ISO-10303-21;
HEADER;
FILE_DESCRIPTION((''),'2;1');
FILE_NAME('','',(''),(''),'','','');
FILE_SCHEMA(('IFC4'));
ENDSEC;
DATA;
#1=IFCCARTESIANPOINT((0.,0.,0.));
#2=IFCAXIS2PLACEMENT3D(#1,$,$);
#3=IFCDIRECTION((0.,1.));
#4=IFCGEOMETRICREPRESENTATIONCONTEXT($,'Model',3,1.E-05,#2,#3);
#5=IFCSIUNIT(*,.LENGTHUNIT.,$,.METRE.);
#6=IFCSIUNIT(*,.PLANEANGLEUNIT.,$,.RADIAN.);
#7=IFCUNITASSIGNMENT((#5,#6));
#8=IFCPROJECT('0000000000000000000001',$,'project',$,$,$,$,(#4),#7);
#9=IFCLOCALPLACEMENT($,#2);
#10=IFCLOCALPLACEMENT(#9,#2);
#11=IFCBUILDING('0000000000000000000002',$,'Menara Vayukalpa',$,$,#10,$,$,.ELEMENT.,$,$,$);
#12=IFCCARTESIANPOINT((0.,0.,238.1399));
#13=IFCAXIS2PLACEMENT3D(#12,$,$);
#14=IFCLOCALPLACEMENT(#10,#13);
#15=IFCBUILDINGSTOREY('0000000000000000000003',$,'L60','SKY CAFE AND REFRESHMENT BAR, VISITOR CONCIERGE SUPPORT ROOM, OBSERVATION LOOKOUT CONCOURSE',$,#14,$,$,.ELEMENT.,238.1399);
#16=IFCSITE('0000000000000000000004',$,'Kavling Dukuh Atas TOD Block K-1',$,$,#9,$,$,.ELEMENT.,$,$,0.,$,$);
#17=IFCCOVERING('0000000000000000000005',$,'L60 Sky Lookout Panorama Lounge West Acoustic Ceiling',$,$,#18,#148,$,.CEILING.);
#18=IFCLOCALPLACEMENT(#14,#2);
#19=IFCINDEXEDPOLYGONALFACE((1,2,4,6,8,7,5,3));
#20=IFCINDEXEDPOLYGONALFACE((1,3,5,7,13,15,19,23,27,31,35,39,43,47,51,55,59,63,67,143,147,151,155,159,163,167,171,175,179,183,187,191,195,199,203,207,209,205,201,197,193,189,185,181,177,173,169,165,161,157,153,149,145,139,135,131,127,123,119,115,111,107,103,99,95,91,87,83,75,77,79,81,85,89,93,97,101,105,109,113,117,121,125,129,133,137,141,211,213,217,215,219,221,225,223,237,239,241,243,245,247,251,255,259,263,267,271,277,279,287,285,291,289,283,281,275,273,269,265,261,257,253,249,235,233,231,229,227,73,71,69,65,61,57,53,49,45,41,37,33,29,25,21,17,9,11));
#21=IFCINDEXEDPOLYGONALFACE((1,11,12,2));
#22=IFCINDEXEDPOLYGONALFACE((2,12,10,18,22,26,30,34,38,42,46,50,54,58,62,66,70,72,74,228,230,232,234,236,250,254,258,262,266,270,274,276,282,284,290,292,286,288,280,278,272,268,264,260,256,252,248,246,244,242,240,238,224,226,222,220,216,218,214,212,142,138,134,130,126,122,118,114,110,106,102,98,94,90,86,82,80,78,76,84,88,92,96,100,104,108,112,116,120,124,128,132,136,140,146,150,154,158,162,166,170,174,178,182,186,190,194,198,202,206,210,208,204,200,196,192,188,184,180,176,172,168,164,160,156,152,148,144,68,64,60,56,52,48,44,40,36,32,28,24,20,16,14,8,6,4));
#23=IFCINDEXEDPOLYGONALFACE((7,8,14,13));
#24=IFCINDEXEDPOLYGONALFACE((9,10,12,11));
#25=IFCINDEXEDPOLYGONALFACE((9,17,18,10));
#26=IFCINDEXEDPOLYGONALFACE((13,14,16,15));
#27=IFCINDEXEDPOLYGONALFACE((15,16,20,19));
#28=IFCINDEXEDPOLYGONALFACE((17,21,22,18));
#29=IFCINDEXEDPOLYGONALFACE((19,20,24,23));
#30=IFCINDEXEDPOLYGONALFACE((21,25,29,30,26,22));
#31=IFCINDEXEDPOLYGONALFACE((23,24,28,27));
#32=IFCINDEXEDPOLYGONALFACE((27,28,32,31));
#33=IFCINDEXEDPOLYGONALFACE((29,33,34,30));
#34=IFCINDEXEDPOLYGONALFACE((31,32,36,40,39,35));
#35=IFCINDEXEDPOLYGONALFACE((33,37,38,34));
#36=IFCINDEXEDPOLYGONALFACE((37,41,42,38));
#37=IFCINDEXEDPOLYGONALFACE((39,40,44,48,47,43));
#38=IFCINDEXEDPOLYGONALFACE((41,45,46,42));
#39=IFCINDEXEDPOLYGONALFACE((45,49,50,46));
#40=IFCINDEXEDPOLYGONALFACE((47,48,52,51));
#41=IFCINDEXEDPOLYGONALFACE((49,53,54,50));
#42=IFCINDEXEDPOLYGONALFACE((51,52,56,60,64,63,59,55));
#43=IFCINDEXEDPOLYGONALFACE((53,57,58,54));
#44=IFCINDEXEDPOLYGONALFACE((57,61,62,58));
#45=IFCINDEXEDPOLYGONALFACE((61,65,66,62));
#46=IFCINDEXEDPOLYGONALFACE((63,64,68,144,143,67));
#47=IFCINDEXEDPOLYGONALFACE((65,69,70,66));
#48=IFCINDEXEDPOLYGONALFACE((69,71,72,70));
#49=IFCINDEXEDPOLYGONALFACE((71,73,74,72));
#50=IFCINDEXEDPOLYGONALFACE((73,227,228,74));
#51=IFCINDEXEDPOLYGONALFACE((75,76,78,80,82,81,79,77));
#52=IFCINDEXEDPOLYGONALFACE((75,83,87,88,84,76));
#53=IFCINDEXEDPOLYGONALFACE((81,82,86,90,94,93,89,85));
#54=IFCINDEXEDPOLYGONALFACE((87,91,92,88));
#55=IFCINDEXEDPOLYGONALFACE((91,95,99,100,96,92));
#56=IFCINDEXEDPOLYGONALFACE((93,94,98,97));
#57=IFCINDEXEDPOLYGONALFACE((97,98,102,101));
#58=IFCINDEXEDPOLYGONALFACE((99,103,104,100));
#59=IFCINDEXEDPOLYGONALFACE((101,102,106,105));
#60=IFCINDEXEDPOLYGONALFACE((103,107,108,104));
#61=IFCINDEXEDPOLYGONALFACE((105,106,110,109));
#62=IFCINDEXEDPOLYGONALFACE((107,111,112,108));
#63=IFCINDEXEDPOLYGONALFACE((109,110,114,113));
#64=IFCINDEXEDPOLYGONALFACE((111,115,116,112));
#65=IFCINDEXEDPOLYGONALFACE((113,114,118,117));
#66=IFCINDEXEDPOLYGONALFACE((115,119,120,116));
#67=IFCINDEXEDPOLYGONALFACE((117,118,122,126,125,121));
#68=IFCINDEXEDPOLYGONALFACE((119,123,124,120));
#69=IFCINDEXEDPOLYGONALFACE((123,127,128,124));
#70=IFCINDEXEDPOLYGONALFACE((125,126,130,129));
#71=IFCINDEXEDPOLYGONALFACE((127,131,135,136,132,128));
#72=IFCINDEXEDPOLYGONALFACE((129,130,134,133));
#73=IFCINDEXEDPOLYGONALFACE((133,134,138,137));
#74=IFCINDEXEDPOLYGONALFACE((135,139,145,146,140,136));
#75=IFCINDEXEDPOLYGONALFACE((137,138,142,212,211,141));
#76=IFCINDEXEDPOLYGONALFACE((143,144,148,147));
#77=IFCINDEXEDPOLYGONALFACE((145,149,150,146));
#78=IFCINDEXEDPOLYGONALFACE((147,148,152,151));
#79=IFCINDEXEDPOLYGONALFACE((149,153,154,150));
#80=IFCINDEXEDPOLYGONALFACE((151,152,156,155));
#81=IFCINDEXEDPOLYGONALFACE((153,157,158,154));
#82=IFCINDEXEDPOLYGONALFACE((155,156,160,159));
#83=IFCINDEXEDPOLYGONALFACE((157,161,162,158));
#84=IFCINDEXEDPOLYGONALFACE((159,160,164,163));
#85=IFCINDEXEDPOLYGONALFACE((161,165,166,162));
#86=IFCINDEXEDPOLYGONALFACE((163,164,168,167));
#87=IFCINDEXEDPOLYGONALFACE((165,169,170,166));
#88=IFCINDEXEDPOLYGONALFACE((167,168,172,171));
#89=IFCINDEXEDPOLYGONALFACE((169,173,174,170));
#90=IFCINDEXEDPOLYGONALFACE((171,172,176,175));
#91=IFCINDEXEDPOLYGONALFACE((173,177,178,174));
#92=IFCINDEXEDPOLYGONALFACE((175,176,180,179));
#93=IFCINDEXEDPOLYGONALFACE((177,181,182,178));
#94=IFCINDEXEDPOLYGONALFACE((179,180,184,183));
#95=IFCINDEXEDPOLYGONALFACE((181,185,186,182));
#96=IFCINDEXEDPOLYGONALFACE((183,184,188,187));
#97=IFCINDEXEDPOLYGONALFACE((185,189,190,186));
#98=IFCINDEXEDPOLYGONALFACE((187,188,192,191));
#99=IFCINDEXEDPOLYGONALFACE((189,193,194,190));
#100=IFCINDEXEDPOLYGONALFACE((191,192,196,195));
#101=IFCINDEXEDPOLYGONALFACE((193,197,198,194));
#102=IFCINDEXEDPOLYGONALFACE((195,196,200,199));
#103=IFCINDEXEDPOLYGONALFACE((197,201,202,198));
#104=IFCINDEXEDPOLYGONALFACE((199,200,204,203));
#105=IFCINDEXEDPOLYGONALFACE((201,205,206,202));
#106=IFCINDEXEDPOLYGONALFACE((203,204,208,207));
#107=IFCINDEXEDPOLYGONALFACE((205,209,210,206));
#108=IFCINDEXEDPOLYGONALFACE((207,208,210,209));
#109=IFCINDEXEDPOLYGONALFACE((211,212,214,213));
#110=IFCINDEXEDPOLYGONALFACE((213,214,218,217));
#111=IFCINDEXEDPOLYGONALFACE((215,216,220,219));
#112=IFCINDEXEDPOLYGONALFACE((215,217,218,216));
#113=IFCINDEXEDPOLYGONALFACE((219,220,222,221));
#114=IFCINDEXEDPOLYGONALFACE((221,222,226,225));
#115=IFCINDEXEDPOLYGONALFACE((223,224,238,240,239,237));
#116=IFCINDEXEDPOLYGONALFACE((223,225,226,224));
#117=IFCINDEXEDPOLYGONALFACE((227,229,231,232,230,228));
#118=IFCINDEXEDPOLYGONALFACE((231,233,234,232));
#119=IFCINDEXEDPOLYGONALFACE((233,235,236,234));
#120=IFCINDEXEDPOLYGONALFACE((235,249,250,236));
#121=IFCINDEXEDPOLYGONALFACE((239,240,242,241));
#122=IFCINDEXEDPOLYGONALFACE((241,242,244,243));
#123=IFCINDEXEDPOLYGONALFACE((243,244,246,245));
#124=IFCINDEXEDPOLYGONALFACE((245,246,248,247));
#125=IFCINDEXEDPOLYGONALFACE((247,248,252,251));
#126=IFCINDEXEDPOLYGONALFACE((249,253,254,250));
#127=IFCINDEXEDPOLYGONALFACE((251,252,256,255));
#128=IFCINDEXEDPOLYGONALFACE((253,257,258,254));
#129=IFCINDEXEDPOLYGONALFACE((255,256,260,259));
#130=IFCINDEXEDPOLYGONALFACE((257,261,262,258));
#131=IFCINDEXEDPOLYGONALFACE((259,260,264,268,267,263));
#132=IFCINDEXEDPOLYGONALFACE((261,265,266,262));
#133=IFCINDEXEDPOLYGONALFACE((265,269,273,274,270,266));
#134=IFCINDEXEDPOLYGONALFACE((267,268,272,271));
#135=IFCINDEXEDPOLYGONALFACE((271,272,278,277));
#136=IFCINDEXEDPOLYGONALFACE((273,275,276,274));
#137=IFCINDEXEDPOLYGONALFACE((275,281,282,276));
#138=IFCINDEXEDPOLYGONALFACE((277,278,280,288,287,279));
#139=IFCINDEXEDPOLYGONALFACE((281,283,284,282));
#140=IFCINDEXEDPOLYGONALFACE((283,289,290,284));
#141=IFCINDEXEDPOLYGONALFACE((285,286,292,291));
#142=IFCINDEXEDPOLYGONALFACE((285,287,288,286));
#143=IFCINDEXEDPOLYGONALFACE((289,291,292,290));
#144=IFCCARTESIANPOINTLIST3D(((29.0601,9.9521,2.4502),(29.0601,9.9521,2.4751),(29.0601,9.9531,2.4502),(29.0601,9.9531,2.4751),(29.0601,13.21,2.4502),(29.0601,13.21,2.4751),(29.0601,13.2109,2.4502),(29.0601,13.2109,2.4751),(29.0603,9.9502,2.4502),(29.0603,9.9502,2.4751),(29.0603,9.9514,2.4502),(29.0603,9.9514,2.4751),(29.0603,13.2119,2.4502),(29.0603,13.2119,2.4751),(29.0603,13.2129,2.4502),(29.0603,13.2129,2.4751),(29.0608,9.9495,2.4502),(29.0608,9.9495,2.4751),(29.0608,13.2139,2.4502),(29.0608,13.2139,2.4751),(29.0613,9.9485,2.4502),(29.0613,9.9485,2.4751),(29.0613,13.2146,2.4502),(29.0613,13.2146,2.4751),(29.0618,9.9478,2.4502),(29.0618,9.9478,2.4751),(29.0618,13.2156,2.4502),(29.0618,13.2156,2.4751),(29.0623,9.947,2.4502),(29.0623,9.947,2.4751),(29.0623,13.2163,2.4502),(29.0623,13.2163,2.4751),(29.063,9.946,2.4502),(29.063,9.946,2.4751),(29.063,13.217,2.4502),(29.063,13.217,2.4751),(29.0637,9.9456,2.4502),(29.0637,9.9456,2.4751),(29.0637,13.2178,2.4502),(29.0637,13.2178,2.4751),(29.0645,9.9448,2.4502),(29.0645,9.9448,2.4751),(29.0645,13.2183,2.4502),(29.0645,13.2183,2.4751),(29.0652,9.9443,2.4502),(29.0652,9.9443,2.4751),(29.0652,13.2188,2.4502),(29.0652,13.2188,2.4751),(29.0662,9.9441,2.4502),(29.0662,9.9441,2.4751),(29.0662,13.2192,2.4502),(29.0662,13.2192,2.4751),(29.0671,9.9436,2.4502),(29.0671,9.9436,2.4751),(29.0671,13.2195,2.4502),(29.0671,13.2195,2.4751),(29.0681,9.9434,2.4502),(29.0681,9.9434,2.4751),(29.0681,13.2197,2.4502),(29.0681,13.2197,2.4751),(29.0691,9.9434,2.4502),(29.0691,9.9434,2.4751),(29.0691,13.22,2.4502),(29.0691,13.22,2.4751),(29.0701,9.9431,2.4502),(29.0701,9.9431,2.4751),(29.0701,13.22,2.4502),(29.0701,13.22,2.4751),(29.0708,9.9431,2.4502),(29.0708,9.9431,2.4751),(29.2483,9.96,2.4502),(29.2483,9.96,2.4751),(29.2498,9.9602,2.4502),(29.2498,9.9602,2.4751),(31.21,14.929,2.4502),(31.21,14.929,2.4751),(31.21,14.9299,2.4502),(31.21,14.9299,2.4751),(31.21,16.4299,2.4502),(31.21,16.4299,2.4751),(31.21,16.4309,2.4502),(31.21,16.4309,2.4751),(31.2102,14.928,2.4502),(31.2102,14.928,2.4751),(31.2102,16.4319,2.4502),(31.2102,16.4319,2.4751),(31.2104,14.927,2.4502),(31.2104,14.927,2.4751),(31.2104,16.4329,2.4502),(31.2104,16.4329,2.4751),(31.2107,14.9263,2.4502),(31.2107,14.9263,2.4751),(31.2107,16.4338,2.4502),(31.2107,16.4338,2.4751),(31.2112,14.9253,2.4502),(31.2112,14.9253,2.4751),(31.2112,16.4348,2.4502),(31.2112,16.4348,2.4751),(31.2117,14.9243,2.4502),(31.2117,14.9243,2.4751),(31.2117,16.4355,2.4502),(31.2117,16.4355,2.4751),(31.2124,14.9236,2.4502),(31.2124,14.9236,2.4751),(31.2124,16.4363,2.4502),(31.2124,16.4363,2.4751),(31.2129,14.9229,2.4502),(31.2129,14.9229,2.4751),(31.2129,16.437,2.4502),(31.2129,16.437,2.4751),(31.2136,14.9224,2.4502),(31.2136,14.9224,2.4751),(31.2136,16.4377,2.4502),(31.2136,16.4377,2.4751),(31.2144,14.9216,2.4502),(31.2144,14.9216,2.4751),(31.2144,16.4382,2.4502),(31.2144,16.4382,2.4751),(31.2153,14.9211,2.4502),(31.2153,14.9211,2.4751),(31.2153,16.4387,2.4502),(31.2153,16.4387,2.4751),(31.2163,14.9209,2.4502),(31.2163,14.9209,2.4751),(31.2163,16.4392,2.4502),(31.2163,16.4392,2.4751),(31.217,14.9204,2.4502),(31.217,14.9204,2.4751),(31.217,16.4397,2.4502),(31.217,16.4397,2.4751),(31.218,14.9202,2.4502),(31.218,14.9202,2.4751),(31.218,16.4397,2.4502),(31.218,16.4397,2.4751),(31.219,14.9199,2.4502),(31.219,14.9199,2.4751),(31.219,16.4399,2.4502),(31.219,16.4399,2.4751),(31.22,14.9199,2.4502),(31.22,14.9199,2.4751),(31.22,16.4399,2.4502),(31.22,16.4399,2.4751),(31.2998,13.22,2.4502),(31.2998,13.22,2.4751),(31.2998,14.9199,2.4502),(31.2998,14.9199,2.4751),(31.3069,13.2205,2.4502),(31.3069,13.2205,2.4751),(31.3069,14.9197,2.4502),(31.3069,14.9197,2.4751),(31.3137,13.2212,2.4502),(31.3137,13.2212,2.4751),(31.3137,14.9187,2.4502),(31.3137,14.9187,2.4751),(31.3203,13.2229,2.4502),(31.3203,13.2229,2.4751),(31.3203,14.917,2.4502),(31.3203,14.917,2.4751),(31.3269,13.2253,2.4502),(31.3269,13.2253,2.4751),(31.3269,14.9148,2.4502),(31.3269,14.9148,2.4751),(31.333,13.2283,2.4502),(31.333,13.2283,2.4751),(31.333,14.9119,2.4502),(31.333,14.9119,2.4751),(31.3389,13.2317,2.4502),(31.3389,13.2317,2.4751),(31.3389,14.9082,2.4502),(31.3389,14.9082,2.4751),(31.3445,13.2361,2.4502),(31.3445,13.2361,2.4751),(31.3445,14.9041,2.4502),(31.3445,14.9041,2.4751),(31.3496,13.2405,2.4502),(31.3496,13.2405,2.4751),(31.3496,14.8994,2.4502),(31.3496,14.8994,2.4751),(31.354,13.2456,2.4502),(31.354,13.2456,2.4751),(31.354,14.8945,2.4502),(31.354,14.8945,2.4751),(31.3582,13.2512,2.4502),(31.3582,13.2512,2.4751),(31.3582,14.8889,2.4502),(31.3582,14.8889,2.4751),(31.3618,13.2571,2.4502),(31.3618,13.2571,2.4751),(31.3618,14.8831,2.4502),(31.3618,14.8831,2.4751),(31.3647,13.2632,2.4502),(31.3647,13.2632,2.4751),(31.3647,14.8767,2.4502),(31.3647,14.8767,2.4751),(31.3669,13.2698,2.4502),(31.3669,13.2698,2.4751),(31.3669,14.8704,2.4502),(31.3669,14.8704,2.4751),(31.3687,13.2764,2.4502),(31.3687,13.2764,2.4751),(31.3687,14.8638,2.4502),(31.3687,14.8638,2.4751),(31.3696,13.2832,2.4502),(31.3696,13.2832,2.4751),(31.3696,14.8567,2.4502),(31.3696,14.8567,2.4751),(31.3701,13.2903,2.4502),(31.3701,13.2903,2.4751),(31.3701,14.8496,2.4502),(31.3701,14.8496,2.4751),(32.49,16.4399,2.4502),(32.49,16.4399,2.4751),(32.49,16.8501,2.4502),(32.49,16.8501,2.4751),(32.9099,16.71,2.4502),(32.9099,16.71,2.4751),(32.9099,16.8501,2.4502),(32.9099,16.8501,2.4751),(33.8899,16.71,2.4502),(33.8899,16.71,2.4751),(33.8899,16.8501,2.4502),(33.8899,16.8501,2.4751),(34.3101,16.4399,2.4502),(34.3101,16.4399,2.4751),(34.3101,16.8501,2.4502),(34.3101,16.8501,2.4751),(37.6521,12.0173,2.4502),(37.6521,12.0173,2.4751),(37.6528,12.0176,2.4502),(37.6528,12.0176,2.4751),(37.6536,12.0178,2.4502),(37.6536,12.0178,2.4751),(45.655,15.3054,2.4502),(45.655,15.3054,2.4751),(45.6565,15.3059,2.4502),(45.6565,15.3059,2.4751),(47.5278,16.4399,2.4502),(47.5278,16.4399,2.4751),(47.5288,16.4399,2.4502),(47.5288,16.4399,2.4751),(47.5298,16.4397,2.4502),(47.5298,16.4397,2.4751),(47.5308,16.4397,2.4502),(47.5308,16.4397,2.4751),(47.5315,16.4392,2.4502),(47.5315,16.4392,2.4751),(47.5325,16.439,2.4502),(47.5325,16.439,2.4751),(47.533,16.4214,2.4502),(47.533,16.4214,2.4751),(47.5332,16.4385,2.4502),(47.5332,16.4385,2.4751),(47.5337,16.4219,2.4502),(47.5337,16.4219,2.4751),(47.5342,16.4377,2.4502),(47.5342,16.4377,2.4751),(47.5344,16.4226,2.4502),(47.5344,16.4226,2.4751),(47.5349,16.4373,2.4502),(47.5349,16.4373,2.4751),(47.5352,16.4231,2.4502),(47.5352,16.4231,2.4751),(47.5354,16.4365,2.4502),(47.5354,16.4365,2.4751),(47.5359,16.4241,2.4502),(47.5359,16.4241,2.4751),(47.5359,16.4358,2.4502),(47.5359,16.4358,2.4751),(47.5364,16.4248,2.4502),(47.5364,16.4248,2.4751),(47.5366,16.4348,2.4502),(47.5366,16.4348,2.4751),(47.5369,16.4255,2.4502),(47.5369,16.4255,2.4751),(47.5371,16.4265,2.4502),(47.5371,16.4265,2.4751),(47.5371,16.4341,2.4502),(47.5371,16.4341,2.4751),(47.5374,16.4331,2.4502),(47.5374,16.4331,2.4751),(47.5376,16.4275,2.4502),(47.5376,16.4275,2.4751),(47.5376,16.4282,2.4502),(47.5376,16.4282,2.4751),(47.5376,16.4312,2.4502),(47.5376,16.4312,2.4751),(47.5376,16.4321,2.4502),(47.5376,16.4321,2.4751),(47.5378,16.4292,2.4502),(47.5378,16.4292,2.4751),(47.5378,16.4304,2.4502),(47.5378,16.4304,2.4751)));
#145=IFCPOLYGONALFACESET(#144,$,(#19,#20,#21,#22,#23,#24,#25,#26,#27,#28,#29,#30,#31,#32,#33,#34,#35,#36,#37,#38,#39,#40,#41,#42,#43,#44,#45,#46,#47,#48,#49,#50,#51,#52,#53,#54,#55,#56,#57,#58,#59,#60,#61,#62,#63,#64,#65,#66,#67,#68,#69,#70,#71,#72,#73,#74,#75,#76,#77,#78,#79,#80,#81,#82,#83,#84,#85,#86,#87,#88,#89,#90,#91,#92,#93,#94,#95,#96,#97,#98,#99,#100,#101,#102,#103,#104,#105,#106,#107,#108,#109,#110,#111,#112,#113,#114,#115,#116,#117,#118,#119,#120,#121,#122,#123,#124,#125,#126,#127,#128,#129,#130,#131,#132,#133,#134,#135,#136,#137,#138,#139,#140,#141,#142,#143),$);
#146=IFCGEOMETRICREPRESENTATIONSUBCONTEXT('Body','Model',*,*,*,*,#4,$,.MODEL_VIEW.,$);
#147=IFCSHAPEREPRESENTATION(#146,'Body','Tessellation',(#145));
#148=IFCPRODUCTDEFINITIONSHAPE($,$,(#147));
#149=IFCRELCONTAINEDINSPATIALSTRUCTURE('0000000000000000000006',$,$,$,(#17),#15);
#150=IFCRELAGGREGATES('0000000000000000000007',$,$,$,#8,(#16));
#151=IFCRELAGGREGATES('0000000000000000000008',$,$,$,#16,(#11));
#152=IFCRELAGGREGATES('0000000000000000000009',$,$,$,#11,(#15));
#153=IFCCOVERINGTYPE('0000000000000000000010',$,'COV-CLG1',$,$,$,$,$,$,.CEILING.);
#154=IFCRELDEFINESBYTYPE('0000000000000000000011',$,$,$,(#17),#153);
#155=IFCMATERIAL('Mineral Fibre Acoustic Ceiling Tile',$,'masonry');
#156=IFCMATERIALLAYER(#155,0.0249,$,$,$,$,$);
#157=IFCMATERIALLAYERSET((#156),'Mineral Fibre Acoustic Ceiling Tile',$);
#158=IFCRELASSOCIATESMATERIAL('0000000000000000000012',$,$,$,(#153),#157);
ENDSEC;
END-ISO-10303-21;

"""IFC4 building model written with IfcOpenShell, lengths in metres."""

from ifc_helpers import new_model, si_unit, direction, frame, origin, place, context, subcontext, project, spatial, polyline, outline, extrude, material, layer, layer_set, type_object, element, save


model = new_model("IFC4")

# Units and contexts
model_context = context("Model", 3, precision=1e-05, world=origin(), true_north=direction((0.0, 1.0)))
body_context = subcontext(model_context, "Body", "Model", "MODEL_VIEW")
ifc_project = project(units=[si_unit("LENGTHUNIT", "METRE"), si_unit("PLANEANGLEUNIT", "RADIAN")], contexts=[model_context])

# Site, building, storey
site_placement = place(None, origin())
site = spatial("IfcSite", under=ifc_project, at=site_placement, Name="Kavling Dukuh Atas TOD Block K-1", CompositionType="ELEMENT", RefElevation=0.0)
building_placement = place(site_placement, origin())
building = spatial("IfcBuilding", under=site, at=building_placement, Name="Menara Vayukalpa", CompositionType="ELEMENT")
storey_placement = place(building_placement, frame((0.0, 0.0, 238.1399)))
storey = spatial("IfcBuildingStorey", under=building, at=storey_placement, Name="L60", Description="SKY CAFE AND REFRESHMENT BAR, VISITOR CONCIERGE SUPPORT ROOM, OBSERVATION LOOKOUT CONCOURSE", CompositionType="ELEMENT", Elevation=238.1399)

# Covering
ifc_material_1 = material(Name="Mineral Fibre Acoustic Ceiling Tile", Category="masonry")
ifc_layer_1 = layer(ifc_material_1, 0.0249)
ifc_layer_set_1 = layer_set([ifc_layer_1], Name="Mineral Fibre Acoustic Ceiling Tile")
covering_type_1 = type_object("IfcCoveringType", Name="COV-CLG1", PredefinedType="CEILING", material=ifc_layer_set_1)
covering_1_placement = place(storey_placement, frame((0.0, 0.0, 2.4502)))
element("IfcCovering", 1, at=covering_1_placement, inside=storey, type_object=covering_type_1, Name="L60 Sky Lookout Panorama Lounge West Acoustic Ceiling", PredefinedType="CEILING", context=body_context, shape_type="SweptSolid", body=[
    extrude(outline(polyline([(37.6521, 12.0173), (29.2498, 9.9602), (29.2483, 9.96), (29.0708, 9.9431), (29.0701, 9.9431), (29.0691, 9.9434), (29.0681, 9.9434), (29.0671, 9.9436), (29.0662, 9.9441), (29.0652, 9.9443), (29.0645, 9.9448), (29.0637, 9.9456), (29.063, 9.946), (29.0623, 9.947), (29.0618, 9.9478), (29.0613, 9.9485), (29.0608, 9.9495), (29.0603, 9.9502), (29.0603, 9.9514), (29.0601, 9.9521), (29.0601, 9.9531), (29.0601, 13.21), (29.0601, 13.2109), (29.0603, 13.2119), (29.0603, 13.2129), (29.0608, 13.2139), (29.0613, 13.2146), (29.0618, 13.2156), (29.0623, 13.2163), (29.063, 13.217), (29.0637, 13.2178), (29.0645, 13.2183), (29.0652, 13.2188), (29.0662, 13.2192), (29.0671, 13.2195), (29.0681, 13.2197), (29.0691, 13.22), (29.0701, 13.22), (31.2998, 13.22), (31.3069, 13.2205), (31.3137, 13.2212), (31.3203, 13.2229), (31.3269, 13.2253), (31.333, 13.2283), (31.3389, 13.2317), (31.3445, 13.2361), (31.3496, 13.2405), (31.354, 13.2456), (31.3582, 13.2512), (31.3618, 13.2571), (31.3647, 13.2632), (31.3669, 13.2698), (31.3687, 13.2764), (31.3696, 13.2832), (31.3701, 13.2903), (31.3701, 14.8496), (31.3696, 14.8567), (31.3687, 14.8638), (31.3669, 14.8704), (31.3647, 14.8767), (31.3618, 14.8831), (31.3582, 14.8889), (31.354, 14.8945), (31.3496, 14.8994), (31.3445, 14.9041), (31.3389, 14.9082), (31.333, 14.9119), (31.3269, 14.9148), (31.3203, 14.917), (31.3137, 14.9187), (31.3069, 14.9197), (31.2998, 14.9199), (31.22, 14.9199), (31.219, 14.9199), (31.218, 14.9202), (31.217, 14.9204), (31.2163, 14.9209), (31.2153, 14.9211), (31.2144, 14.9216), (31.2136, 14.9224), (31.2129, 14.9229), (31.2124, 14.9236), (31.2117, 14.9243), (31.2112, 14.9253), (31.2107, 14.9263), (31.2104, 14.927), (31.2102, 14.928), (31.21, 14.929), (31.21, 14.9299), (31.21, 16.4299), (31.21, 16.4309), (31.2102, 16.4319), (31.2104, 16.4329), (31.2107, 16.4338), (31.2112, 16.4348), (31.2117, 16.4355), (31.2124, 16.4363), (31.2129, 16.437), (31.2136, 16.4377), (31.2144, 16.4382), (31.2153, 16.4387), (31.2163, 16.4392), (31.217, 16.4397), (31.218, 16.4397), (31.219, 16.4399), (31.22, 16.4399), (32.49, 16.4399), (32.49, 16.8501), (32.9099, 16.8501), (32.9099, 16.71), (33.8899, 16.71), (33.8899, 16.8501), (34.3101, 16.8501), (34.3101, 16.4399), (47.5278, 16.4399), (47.5288, 16.4399), (47.5298, 16.4397), (47.5308, 16.4397), (47.5315, 16.4392), (47.5325, 16.439), (47.5332, 16.4385), (47.5342, 16.4377), (47.5349, 16.4373), (47.5354, 16.4365), (47.5359, 16.4358), (47.5366, 16.4348), (47.5371, 16.4341), (47.5374, 16.4331), (47.5376, 16.4321), (47.5376, 16.4312), (47.5378, 16.4304), (47.5378, 16.4292), (47.5376, 16.4282), (47.5376, 16.4275), (47.5371, 16.4265), (47.5369, 16.4255), (47.5364, 16.4248), (47.5359, 16.4241), (47.5352, 16.4231), (47.5344, 16.4226), (47.5337, 16.4219), (47.533, 16.4214), (45.6565, 15.3059), (45.655, 15.3054), (37.6536, 12.0178), (37.6528, 12.0176), (37.6521, 12.0173)])), origin(), (0.0, 0.0, 1.0), 0.0249),
])

save(model, "model.ifc")
